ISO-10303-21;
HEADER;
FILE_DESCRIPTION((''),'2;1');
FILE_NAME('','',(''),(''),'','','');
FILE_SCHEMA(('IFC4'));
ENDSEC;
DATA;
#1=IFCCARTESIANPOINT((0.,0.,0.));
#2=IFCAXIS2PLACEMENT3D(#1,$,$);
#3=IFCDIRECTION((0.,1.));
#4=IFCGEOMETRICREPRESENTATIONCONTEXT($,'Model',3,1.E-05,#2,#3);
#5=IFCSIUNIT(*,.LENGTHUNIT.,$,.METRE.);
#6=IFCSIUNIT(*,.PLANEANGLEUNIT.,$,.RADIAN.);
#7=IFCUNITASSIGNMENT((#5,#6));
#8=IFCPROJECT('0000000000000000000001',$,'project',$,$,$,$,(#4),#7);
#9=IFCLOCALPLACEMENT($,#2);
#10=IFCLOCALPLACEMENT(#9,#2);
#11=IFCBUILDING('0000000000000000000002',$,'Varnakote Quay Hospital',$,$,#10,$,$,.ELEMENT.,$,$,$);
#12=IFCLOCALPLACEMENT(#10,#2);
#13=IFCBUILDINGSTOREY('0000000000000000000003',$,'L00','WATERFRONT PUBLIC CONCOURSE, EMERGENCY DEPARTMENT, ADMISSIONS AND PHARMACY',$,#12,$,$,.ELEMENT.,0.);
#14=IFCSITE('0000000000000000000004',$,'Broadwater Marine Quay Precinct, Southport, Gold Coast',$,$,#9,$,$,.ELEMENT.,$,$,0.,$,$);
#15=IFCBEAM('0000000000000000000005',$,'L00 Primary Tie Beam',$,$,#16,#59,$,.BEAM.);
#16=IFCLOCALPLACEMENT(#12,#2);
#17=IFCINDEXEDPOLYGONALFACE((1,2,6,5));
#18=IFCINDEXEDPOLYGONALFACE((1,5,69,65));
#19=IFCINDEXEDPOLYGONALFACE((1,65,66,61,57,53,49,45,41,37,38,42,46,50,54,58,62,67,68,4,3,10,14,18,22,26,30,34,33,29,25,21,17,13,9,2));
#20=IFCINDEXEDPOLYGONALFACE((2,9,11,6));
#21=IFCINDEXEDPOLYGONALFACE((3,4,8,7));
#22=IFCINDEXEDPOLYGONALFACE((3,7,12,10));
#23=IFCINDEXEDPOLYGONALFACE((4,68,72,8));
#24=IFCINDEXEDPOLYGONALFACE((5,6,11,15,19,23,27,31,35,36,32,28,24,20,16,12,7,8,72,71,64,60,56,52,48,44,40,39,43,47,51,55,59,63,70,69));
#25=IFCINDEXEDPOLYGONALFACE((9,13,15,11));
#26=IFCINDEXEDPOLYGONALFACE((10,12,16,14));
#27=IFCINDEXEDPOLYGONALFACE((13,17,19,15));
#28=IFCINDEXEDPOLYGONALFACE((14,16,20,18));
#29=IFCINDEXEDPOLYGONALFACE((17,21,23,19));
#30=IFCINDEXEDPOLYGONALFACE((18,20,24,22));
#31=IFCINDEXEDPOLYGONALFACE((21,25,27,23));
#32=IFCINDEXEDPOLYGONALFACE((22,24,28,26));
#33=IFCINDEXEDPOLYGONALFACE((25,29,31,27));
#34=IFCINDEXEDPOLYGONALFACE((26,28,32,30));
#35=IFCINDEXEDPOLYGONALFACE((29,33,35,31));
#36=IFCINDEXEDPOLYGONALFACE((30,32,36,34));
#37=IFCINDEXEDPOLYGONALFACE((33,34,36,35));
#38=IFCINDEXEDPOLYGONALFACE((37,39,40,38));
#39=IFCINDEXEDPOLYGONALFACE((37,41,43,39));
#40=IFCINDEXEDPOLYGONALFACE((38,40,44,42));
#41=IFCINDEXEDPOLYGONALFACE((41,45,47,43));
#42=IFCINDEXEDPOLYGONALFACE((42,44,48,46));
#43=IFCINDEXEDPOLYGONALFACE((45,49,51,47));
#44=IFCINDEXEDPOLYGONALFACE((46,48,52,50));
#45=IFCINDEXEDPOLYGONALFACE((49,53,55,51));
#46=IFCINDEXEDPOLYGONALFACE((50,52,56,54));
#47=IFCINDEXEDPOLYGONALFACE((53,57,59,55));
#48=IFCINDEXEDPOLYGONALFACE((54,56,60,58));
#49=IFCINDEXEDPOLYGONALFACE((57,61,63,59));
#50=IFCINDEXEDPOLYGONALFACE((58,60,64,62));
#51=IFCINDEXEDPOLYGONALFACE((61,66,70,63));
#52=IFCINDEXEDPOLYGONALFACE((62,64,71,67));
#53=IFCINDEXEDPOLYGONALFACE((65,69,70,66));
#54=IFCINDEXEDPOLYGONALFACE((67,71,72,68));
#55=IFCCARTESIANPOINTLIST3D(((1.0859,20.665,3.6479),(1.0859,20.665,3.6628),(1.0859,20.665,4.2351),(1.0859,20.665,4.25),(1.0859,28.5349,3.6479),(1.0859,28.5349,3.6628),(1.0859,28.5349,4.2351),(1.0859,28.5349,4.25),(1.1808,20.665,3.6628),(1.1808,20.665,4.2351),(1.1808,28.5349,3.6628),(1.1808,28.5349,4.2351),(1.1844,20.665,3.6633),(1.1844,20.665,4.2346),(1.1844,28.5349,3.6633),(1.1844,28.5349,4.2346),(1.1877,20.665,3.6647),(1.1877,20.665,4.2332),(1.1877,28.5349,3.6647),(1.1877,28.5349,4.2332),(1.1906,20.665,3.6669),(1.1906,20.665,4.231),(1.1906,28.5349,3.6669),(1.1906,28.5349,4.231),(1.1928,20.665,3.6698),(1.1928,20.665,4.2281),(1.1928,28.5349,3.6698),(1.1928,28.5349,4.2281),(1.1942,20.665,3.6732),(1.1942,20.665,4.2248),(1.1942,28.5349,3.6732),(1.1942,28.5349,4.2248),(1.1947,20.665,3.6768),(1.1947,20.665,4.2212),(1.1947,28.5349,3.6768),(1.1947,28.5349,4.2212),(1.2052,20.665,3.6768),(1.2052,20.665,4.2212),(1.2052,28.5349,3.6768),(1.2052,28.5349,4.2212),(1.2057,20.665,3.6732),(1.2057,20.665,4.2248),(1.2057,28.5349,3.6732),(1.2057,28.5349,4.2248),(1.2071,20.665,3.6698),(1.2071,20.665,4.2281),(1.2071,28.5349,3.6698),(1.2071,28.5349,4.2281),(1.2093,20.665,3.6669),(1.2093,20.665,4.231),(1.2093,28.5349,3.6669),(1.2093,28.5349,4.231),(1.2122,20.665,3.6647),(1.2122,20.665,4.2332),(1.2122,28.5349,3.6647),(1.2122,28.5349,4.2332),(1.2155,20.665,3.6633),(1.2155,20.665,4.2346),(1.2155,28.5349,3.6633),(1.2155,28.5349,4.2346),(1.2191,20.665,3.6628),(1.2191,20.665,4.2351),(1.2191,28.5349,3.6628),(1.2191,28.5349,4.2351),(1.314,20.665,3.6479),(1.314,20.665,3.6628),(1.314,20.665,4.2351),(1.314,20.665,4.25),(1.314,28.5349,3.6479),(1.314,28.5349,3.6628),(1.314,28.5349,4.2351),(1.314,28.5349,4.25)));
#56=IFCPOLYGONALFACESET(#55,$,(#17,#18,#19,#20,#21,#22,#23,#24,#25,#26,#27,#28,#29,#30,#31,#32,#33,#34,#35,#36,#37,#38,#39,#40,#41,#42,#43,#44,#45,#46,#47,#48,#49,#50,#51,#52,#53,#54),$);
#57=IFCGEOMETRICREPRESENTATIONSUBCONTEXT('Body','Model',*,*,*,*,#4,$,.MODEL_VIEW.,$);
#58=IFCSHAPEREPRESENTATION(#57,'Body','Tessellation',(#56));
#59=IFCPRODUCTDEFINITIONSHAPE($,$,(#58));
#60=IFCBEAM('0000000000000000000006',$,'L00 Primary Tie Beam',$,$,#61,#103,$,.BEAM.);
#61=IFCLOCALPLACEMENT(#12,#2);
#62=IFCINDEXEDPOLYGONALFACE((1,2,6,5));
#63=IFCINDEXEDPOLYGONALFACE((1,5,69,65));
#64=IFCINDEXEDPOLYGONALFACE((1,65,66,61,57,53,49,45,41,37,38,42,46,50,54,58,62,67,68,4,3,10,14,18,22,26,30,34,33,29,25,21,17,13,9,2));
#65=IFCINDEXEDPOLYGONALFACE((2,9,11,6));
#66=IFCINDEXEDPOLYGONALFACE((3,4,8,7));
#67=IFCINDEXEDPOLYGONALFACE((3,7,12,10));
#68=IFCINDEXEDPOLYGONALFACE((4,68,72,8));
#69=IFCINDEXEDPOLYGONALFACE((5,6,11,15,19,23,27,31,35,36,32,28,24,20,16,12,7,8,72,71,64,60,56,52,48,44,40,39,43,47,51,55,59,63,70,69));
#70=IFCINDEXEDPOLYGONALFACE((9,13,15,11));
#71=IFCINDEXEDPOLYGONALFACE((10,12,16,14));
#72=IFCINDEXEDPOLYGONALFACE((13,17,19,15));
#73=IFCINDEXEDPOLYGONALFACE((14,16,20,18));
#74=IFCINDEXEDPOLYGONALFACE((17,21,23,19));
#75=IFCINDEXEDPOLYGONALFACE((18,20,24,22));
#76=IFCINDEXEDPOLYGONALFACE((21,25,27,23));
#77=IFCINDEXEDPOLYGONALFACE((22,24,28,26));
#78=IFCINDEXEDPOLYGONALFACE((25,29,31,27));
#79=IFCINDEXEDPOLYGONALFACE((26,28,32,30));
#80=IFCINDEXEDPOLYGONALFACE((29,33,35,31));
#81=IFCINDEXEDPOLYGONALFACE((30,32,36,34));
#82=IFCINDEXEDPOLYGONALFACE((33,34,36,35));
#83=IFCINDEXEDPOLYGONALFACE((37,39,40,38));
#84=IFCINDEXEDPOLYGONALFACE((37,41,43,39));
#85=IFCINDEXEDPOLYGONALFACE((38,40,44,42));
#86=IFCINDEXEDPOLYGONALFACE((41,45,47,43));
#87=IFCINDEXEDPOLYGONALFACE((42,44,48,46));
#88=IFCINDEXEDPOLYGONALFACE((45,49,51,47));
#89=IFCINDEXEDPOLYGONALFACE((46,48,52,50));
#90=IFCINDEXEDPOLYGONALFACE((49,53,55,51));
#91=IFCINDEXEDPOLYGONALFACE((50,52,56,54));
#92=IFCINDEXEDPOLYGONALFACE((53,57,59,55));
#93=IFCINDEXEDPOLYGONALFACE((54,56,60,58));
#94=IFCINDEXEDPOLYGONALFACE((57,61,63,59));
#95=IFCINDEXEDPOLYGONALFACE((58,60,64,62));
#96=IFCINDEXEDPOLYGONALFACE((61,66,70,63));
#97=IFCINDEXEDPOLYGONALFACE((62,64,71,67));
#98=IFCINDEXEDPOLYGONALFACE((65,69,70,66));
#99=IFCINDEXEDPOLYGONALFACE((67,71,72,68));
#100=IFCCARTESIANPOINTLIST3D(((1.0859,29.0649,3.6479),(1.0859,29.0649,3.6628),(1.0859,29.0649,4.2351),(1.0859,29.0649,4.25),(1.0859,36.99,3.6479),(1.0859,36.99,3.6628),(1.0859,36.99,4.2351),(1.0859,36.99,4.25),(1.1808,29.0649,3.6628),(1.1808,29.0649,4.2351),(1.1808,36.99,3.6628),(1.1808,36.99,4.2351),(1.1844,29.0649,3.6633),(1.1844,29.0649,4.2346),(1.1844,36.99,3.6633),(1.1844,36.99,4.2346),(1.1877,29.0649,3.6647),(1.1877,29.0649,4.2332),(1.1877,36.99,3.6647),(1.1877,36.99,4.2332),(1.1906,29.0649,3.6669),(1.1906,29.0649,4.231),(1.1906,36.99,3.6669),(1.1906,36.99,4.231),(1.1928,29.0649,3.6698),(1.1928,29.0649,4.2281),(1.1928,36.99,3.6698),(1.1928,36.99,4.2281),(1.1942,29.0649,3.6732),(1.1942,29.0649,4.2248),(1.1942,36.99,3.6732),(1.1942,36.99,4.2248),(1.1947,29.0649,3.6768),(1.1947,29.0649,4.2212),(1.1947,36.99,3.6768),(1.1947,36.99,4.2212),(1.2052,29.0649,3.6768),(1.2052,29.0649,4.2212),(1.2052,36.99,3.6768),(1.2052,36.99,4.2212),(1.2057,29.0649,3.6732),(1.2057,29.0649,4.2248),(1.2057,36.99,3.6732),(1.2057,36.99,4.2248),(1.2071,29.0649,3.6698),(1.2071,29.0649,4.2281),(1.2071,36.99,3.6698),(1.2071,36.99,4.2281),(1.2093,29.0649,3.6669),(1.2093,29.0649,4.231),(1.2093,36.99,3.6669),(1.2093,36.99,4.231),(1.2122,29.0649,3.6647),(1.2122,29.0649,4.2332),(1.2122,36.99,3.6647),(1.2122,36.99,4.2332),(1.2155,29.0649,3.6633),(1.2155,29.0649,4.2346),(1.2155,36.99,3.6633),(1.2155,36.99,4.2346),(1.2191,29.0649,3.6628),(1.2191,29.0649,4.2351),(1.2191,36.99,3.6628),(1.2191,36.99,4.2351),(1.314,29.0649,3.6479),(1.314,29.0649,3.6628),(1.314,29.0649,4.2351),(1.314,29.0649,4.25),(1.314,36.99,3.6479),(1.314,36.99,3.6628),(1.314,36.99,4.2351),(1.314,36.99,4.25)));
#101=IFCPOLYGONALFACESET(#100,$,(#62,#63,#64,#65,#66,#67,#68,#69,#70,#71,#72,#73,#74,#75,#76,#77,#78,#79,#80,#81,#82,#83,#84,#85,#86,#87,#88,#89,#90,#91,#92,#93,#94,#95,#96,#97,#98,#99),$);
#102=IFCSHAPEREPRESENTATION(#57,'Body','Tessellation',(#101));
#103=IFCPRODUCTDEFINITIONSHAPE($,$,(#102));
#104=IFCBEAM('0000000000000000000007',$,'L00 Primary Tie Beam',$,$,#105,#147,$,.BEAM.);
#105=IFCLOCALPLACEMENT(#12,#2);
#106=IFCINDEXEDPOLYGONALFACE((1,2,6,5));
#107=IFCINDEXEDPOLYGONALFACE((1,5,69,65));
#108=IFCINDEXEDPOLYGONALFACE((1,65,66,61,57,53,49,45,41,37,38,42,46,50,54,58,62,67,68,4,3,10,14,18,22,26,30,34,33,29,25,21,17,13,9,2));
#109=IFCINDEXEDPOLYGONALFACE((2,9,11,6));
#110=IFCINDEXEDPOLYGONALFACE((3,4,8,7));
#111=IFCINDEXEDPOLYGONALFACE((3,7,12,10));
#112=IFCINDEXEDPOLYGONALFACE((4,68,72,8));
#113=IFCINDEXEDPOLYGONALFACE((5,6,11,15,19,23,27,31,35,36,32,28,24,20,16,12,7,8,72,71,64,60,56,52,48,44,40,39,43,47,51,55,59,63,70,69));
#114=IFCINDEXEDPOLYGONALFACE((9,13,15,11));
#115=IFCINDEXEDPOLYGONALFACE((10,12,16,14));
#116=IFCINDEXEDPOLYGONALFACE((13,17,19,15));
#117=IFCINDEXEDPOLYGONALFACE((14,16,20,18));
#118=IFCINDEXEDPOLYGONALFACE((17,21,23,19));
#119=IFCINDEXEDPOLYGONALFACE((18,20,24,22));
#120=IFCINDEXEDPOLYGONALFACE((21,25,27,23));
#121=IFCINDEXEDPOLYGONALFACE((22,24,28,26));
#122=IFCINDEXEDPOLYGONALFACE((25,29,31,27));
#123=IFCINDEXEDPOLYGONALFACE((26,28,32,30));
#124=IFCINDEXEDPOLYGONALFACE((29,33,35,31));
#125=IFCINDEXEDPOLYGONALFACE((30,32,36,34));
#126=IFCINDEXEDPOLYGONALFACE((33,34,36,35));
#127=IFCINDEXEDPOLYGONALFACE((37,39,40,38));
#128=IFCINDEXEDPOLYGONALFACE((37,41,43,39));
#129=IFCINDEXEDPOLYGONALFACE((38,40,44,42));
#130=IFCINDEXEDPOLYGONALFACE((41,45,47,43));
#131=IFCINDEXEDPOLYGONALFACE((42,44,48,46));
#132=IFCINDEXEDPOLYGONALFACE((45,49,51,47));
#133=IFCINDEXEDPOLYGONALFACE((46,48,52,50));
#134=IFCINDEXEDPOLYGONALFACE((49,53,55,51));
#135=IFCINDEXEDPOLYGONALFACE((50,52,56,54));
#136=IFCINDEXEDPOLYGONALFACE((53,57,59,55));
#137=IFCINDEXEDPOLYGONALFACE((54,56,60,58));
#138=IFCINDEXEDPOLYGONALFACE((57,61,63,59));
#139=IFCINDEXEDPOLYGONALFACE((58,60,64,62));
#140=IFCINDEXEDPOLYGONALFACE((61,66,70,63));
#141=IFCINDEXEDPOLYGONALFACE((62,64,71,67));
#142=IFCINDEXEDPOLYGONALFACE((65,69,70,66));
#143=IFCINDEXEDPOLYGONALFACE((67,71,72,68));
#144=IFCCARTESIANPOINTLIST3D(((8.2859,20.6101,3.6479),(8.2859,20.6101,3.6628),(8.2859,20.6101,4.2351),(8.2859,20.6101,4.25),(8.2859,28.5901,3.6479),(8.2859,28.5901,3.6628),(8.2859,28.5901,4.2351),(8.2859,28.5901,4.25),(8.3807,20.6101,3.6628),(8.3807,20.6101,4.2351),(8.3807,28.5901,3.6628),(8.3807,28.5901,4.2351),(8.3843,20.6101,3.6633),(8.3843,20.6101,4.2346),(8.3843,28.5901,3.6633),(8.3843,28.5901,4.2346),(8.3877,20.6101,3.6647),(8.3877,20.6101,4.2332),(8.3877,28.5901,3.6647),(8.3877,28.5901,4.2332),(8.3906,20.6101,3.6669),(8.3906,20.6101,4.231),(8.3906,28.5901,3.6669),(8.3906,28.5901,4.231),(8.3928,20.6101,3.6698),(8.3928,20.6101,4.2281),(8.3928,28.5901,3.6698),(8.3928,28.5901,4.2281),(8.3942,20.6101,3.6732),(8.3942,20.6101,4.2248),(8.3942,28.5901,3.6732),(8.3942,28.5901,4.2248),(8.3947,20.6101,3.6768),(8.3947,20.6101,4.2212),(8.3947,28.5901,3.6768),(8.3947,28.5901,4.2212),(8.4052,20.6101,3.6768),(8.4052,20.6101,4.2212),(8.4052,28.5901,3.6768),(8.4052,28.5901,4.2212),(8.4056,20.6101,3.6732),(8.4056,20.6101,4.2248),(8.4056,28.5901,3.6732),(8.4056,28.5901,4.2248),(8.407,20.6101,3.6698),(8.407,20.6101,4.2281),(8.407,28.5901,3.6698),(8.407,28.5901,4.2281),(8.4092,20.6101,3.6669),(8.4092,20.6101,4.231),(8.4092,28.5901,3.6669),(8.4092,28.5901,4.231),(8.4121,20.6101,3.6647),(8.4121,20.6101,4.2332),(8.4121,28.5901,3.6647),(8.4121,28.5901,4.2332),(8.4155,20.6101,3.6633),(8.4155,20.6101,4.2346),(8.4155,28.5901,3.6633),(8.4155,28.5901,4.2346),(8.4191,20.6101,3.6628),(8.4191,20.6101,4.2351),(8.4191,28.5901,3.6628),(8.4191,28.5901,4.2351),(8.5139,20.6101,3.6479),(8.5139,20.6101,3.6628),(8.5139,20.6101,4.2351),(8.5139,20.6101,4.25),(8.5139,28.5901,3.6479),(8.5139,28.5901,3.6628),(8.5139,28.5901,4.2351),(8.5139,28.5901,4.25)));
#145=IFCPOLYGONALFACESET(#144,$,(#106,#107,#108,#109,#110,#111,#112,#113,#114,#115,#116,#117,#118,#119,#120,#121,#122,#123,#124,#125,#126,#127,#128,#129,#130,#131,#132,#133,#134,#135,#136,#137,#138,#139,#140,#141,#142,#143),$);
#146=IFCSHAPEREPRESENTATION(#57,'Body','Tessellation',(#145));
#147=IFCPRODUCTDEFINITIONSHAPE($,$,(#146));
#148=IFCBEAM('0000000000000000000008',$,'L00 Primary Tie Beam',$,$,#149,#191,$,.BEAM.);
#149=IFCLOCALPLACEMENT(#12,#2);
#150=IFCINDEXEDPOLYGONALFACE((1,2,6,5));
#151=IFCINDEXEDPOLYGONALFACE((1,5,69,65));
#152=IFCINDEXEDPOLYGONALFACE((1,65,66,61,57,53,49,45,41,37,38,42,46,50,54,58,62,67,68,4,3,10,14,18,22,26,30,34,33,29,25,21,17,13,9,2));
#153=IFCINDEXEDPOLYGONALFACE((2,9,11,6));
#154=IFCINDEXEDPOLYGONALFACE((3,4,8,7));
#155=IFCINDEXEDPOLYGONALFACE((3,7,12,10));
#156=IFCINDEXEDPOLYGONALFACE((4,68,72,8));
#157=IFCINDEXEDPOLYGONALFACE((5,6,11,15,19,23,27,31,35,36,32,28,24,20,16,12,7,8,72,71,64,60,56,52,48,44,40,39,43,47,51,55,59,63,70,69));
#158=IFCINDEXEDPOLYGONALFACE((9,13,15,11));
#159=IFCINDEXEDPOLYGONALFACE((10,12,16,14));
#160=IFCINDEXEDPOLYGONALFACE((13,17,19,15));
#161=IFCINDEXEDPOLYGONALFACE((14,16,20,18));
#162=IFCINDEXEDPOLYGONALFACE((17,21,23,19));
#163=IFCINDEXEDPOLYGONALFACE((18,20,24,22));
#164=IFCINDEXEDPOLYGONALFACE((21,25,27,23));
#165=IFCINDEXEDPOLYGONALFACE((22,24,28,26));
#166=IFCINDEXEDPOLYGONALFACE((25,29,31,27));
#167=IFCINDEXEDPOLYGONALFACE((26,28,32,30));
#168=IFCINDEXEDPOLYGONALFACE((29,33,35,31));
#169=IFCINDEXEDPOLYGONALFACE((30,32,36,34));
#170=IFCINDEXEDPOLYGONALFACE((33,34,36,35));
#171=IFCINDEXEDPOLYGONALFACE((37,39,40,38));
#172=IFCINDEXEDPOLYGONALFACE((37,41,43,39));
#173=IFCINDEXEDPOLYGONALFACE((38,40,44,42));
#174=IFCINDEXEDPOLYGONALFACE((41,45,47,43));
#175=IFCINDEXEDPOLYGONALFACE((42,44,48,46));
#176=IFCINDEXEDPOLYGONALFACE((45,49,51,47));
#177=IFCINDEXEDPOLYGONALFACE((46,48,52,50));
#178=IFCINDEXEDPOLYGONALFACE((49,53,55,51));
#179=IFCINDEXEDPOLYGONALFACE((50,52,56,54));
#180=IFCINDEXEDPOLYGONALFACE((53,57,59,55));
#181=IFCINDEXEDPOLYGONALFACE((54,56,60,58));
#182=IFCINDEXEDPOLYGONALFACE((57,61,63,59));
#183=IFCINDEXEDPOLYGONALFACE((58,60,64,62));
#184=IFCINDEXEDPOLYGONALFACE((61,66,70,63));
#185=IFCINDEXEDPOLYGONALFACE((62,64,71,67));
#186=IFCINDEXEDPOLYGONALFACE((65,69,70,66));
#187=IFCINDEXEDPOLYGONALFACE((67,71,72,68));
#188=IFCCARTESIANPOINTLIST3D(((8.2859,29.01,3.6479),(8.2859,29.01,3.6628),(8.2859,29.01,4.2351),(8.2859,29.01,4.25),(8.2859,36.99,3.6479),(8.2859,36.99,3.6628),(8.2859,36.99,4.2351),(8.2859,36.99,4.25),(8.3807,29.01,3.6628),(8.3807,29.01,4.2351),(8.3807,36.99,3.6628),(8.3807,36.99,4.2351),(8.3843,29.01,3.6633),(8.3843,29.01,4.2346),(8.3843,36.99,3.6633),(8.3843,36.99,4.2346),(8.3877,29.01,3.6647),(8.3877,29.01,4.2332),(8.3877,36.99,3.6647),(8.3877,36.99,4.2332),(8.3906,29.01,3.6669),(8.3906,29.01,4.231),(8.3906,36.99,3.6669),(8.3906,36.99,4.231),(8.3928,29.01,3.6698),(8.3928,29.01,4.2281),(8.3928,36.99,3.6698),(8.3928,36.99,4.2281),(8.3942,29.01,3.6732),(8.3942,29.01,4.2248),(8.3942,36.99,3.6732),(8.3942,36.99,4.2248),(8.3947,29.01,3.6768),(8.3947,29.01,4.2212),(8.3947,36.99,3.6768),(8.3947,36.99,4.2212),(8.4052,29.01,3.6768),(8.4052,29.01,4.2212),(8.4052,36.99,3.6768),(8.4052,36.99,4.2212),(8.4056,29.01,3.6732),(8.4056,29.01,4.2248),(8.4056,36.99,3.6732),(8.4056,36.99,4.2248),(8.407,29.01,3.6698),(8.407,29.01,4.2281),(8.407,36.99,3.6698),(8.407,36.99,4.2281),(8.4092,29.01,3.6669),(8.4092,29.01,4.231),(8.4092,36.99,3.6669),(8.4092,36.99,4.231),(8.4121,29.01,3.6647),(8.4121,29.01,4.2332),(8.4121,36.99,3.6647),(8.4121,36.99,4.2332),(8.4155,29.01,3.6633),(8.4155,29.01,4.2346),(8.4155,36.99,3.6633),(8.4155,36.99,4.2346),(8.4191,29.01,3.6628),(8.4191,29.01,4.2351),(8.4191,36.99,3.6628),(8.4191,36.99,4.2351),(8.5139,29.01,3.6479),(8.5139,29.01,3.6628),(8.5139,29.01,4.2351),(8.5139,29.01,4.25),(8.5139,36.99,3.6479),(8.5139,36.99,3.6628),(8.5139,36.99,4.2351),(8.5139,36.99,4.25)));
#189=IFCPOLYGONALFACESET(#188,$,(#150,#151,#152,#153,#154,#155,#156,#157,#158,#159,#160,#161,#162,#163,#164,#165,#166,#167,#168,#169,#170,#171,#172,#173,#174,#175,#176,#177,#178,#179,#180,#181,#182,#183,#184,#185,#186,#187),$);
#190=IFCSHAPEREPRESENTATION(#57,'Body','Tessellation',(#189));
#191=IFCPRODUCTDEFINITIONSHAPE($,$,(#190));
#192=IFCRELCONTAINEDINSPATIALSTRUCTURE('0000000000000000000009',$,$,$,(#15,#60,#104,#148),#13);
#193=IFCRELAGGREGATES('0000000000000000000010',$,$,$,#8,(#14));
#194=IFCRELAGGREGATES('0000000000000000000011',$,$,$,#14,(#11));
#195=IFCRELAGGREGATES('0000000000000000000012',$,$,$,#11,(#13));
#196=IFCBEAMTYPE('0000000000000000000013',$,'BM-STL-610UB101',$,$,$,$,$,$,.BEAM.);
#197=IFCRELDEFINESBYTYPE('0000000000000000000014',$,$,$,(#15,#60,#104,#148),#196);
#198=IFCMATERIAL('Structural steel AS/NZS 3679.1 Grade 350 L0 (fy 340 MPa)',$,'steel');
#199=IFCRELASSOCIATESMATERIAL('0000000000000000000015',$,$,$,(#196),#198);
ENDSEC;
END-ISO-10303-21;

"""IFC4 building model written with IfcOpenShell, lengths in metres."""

from ifc_helpers import new_model, si_unit, direction, frame, origin, origin_2d, place, context, subcontext, project, spatial, i_section, extrude, material, material_profile, profile_set, type_object, element, save


model = new_model("IFC4")

# Units and contexts
model_context = context("Model", 3, precision=1e-05, world=origin(), true_north=direction((0.0, 1.0)))
body_context = subcontext(model_context, "Body", "Model", "MODEL_VIEW")
ifc_project = project(units=[si_unit("LENGTHUNIT", "METRE"), si_unit("PLANEANGLEUNIT", "RADIAN")], contexts=[model_context])

# Site, building, storey
site_placement = place(None, origin())
site = spatial("IfcSite", under=ifc_project, at=site_placement, Name="Broadwater Marine Quay Precinct, Southport, Gold Coast", CompositionType="ELEMENT", RefElevation=0.0)
building_placement = place(site_placement, origin())
building = spatial("IfcBuilding", under=site, at=building_placement, Name="Varnakote Quay Hospital", CompositionType="ELEMENT")
storey_placement = place(building_placement, origin())
storey = spatial("IfcBuildingStorey", under=building, at=storey_placement, Name="L00", Description="WATERFRONT PUBLIC CONCOURSE, EMERGENCY DEPARTMENT, ADMISSIONS AND PHARMACY", CompositionType="ELEMENT", Elevation=0.0)

# Beams
ifc_material_1 = material(Name="Structural steel AS/NZS 3679.1 Grade 350 L0 (fy 340 MPa)", Category="steel")
ifc_material_profile_1 = material_profile(ifc_material_1, i_section(OverallWidth=0.228, OverallDepth=0.6021, WebThickness=0.0105, FlangeThickness=0.0149, FilletRadius=0.0139, at=origin_2d()), Name="610UB101")
ifc_profile_set_1 = profile_set([ifc_material_profile_1], Name="Structural steel AS/NZS 3679.1 Grade 350 L0 (fy 340 MPa)")
beam_type_1 = type_object("IfcBeamType", Name="BM-STL-610UB101", PredefinedType="BEAM", material=ifc_profile_set_1)
beam_1_placement = place(storey_placement, frame((1.2, 20.665, 3.949), z_axis=(0.0, 1.0, 0.0), x_axis=(-1.0, 0.0, 0.0)))
element("IfcBeam", 1, at=beam_1_placement, inside=storey, type_object=beam_type_1, Name="L00 Primary Tie Beam", PredefinedType="BEAM", context=body_context, shape_type="SweptSolid", body=[
    extrude(i_section(OverallWidth=0.228, OverallDepth=0.6021, WebThickness=0.0105, FlangeThickness=0.0149, FilletRadius=0.0139, at=origin_2d()), origin(), (0.0, 0.0, 1.0), 7.8699),
])
beam_2_placement = place(storey_placement, frame((1.2, 29.0649, 3.949), z_axis=(0.0, 1.0, 0.0), x_axis=(-1.0, 0.0, 0.0)))
element("IfcBeam", 2, at=beam_2_placement, inside=storey, type_object=beam_type_1, Name="L00 Primary Tie Beam", PredefinedType="BEAM", context=body_context, shape_type="SweptSolid", body=[
    extrude(i_section(OverallWidth=0.228, OverallDepth=0.6021, WebThickness=0.0105, FlangeThickness=0.0149, FilletRadius=0.0139, at=origin_2d()), origin(), (0.0, 0.0, 1.0), 7.925),
])
for number, where, z_axis, x_axis, name in (
    (3, (8.3999, 20.6101, 3.949), (0.0, 1.0, 0.0), (-1.0, 0.0, 0.0), "L00 Primary Tie Beam"),
    (4, (8.3999, 29.01, 3.949), (0.0, 1.0, 0.0), (-1.0, 0.0, 0.0), "L00 Primary Tie Beam"),
):
    element("IfcBeam", number, at=place(storey_placement, frame(where, z_axis=z_axis, x_axis=x_axis)), inside=storey, type_object=beam_type_1, Name=name, PredefinedType="BEAM", context=body_context, shape_type="SweptSolid", body=[
        extrude(i_section(OverallWidth=0.228, OverallDepth=0.6021, WebThickness=0.0105, FlangeThickness=0.0149, FilletRadius=0.0139, at=origin_2d()), origin(), (0.0, 0.0, 1.0), 7.98),
    ])

save(model, "model.ifc")
